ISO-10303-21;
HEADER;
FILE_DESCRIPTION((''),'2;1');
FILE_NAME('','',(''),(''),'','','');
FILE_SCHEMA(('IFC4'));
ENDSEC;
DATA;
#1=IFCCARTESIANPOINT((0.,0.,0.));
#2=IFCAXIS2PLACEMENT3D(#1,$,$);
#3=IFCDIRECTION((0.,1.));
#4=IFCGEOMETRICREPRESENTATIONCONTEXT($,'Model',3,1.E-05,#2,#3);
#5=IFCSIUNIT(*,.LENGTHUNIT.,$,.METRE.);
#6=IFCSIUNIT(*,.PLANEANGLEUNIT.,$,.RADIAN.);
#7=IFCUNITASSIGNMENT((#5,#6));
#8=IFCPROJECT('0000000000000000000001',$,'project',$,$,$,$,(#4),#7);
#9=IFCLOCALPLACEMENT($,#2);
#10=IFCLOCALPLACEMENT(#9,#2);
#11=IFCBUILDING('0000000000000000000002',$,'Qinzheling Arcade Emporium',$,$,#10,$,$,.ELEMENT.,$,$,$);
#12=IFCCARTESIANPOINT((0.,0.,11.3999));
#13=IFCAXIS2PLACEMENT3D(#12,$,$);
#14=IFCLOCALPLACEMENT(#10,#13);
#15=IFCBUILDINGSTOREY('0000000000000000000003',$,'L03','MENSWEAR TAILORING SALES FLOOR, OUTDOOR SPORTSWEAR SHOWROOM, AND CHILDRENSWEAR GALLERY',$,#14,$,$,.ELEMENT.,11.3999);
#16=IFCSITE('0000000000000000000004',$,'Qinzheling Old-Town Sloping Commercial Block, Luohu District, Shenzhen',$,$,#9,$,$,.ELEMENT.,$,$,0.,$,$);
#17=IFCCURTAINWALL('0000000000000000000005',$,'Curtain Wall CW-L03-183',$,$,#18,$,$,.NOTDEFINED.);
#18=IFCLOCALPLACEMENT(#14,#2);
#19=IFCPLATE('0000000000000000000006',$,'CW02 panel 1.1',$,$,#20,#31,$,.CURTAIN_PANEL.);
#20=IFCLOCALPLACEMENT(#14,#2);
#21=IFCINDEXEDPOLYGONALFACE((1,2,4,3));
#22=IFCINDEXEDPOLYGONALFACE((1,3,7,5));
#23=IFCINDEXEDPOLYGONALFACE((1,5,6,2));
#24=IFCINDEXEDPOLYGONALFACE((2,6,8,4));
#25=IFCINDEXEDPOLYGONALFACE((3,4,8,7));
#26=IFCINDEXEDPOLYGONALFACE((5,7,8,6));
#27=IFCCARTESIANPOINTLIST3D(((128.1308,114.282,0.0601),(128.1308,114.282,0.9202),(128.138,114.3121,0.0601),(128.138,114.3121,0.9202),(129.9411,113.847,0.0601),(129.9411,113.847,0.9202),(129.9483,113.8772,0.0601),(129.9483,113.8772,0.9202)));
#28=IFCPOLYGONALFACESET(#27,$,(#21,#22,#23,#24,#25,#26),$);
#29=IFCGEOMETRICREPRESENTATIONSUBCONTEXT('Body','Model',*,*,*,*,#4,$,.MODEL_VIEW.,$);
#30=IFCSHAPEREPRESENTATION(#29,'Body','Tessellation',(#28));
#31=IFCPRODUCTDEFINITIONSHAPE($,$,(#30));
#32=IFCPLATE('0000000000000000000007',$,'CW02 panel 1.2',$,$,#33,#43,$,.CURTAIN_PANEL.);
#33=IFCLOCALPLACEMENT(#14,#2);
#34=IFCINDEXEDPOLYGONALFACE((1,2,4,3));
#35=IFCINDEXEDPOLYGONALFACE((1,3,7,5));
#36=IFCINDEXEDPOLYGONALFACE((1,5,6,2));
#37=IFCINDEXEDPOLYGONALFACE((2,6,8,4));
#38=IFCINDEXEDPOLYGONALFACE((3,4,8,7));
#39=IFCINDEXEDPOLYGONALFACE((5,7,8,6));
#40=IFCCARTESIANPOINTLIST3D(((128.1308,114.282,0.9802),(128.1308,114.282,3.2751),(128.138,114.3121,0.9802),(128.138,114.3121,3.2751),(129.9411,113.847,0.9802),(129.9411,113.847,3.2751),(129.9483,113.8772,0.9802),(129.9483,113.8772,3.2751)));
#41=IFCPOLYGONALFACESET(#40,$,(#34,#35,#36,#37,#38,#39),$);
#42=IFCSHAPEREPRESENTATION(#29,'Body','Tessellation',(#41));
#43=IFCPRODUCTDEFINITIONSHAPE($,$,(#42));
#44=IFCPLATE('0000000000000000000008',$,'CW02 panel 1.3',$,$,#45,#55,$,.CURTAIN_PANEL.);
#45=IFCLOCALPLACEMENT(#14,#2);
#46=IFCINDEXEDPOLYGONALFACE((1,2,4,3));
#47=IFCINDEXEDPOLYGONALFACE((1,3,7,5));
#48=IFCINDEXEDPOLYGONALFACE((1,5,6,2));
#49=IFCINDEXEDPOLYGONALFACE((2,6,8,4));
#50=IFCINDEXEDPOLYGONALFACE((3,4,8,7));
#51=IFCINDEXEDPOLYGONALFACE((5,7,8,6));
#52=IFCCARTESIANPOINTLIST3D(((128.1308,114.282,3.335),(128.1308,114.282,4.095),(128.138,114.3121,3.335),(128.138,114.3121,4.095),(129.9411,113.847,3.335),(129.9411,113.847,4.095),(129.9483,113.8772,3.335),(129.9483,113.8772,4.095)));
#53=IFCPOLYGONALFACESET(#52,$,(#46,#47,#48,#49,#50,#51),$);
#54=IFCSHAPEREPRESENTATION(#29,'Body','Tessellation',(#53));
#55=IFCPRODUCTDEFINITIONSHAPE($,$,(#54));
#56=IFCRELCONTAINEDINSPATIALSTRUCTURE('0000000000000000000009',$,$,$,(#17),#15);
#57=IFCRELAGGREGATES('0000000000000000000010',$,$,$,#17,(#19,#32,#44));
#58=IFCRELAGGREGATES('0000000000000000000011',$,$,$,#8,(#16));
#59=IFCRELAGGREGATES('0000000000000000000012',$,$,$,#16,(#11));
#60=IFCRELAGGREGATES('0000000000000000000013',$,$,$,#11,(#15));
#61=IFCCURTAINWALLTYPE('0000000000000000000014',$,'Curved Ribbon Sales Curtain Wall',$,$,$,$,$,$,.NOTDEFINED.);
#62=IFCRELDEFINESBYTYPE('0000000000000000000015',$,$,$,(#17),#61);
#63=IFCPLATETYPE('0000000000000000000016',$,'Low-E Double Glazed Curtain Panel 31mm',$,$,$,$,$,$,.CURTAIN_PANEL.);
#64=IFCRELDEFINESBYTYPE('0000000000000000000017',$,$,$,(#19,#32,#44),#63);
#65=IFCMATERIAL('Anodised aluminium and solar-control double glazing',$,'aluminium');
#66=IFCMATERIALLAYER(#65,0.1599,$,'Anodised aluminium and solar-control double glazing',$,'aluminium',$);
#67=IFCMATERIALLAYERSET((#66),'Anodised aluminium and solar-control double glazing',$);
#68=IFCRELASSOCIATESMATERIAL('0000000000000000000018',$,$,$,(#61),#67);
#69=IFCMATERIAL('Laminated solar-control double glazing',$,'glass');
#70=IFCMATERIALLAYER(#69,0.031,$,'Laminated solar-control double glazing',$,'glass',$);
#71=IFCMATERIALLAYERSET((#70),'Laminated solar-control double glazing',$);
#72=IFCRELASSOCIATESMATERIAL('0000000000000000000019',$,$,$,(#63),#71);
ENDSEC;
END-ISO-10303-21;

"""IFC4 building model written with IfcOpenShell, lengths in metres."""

from ifc_helpers import new_model, si_unit, direction, frame, origin, origin_2d, place, context, subcontext, project, spatial, rectangle, extrude, material, layer, layer_set, type_object, element, aggregate, save


model = new_model("IFC4")

# Units and contexts
model_context = context("Model", 3, precision=1e-05, world=origin(), true_north=direction((0.0, 1.0)))
body_context = subcontext(model_context, "Body", "Model", "MODEL_VIEW")
ifc_project = project(units=[si_unit("LENGTHUNIT", "METRE"), si_unit("PLANEANGLEUNIT", "RADIAN")], contexts=[model_context])

# Site, building, storey
site_placement = place(None, origin())
site = spatial("IfcSite", under=ifc_project, at=site_placement, Name="Qinzheling Old-Town Sloping Commercial Block, Luohu District, Shenzhen", CompositionType="ELEMENT", RefElevation=0.0)
building_placement = place(site_placement, origin())
building = spatial("IfcBuilding", under=site, at=building_placement, Name="Qinzheling Arcade Emporium", CompositionType="ELEMENT")
storey_placement = place(building_placement, frame((0.0, 0.0, 11.3999)))
storey = spatial("IfcBuildingStorey", under=building, at=storey_placement, Name="L03", Description="MENSWEAR TAILORING SALES FLOOR, OUTDOOR SPORTSWEAR SHOWROOM, AND CHILDRENSWEAR GALLERY", CompositionType="ELEMENT", Elevation=11.3999)

# Shared definitions
ifc_material_1 = material(Name="Anodised aluminium and solar-control double glazing", Category="aluminium")
ifc_layer_1 = layer(ifc_material_1, 0.1599, Name="Anodised aluminium and solar-control double glazing", Category="aluminium")
ifc_layer_set_1 = layer_set([ifc_layer_1], Name="Anodised aluminium and solar-control double glazing")
curtain_wall_type = type_object("IfcCurtainWallType", Name="Curved Ribbon Sales Curtain Wall", PredefinedType="NOTDEFINED", material=ifc_layer_set_1)

# Curtain wall
curtain_wall_1_placement = place(storey_placement, origin())
curtain_wall_1 = element("IfcCurtainWall", 1, at=curtain_wall_1_placement, inside=storey, type_object=curtain_wall_type, Name="Curtain Wall CW-L03-183", PredefinedType="NOTDEFINED")

# Plates
ifc_material_2 = material(Name="Laminated solar-control double glazing", Category="glass")
ifc_layer_2 = layer(ifc_material_2, 0.031, Name="Laminated solar-control double glazing", Category="glass")
ifc_layer_set_2 = layer_set([ifc_layer_2], Name="Laminated solar-control double glazing")
plate_type_1 = type_object("IfcPlateType", Name="Low-E Double Glazed Curtain Panel 31mm", PredefinedType="CURTAIN_PANEL", material=ifc_layer_set_2)
plate_1_placement = place(storey_placement, frame((129.0396, 114.0796, 0.0601), z_axis=(0.0, 0.0, 1.0), x_axis=(0.972328, -0.233621, 0.0)))
plate_1 = element("IfcPlate", 2, at=plate_1_placement, type_object=plate_type_1, Name="CW02 panel 1.1", PredefinedType="CURTAIN_PANEL", context=body_context, shape_type="SweptSolid", body=[
    extrude(rectangle(XDim=1.8618, YDim=0.031, at=origin_2d()), origin(), (0.0, 0.0, 1.0), 0.8601),
])
plate_2_placement = place(storey_placement, frame((129.0396, 114.0796, 0.9802), z_axis=(0.0, 0.0, 1.0), x_axis=(0.972328, -0.233621, 0.0)))
plate_2 = element("IfcPlate", 3, at=plate_2_placement, type_object=plate_type_1, Name="CW02 panel 1.2", PredefinedType="CURTAIN_PANEL", context=body_context, shape_type="SweptSolid", body=[
    extrude(rectangle(XDim=1.8618, YDim=0.031, at=origin_2d()), origin(), (0.0, 0.0, 1.0), 2.2949),
])
plate_3_placement = place(storey_placement, frame((129.0396, 114.0796, 3.335), z_axis=(0.0, 0.0, 1.0), x_axis=(0.972328, -0.233621, 0.0)))
plate_3 = element("IfcPlate", 4, at=plate_3_placement, type_object=plate_type_1, Name="CW02 panel 1.3", PredefinedType="CURTAIN_PANEL", context=body_context, shape_type="SweptSolid", body=[
    extrude(rectangle(XDim=1.8618, YDim=0.031, at=origin_2d()), origin(), (0.0, 0.0, 1.0), 0.76),
])
aggregate(curtain_wall_1, [plate_1, plate_2, plate_3])

save(model, "model.ifc")
